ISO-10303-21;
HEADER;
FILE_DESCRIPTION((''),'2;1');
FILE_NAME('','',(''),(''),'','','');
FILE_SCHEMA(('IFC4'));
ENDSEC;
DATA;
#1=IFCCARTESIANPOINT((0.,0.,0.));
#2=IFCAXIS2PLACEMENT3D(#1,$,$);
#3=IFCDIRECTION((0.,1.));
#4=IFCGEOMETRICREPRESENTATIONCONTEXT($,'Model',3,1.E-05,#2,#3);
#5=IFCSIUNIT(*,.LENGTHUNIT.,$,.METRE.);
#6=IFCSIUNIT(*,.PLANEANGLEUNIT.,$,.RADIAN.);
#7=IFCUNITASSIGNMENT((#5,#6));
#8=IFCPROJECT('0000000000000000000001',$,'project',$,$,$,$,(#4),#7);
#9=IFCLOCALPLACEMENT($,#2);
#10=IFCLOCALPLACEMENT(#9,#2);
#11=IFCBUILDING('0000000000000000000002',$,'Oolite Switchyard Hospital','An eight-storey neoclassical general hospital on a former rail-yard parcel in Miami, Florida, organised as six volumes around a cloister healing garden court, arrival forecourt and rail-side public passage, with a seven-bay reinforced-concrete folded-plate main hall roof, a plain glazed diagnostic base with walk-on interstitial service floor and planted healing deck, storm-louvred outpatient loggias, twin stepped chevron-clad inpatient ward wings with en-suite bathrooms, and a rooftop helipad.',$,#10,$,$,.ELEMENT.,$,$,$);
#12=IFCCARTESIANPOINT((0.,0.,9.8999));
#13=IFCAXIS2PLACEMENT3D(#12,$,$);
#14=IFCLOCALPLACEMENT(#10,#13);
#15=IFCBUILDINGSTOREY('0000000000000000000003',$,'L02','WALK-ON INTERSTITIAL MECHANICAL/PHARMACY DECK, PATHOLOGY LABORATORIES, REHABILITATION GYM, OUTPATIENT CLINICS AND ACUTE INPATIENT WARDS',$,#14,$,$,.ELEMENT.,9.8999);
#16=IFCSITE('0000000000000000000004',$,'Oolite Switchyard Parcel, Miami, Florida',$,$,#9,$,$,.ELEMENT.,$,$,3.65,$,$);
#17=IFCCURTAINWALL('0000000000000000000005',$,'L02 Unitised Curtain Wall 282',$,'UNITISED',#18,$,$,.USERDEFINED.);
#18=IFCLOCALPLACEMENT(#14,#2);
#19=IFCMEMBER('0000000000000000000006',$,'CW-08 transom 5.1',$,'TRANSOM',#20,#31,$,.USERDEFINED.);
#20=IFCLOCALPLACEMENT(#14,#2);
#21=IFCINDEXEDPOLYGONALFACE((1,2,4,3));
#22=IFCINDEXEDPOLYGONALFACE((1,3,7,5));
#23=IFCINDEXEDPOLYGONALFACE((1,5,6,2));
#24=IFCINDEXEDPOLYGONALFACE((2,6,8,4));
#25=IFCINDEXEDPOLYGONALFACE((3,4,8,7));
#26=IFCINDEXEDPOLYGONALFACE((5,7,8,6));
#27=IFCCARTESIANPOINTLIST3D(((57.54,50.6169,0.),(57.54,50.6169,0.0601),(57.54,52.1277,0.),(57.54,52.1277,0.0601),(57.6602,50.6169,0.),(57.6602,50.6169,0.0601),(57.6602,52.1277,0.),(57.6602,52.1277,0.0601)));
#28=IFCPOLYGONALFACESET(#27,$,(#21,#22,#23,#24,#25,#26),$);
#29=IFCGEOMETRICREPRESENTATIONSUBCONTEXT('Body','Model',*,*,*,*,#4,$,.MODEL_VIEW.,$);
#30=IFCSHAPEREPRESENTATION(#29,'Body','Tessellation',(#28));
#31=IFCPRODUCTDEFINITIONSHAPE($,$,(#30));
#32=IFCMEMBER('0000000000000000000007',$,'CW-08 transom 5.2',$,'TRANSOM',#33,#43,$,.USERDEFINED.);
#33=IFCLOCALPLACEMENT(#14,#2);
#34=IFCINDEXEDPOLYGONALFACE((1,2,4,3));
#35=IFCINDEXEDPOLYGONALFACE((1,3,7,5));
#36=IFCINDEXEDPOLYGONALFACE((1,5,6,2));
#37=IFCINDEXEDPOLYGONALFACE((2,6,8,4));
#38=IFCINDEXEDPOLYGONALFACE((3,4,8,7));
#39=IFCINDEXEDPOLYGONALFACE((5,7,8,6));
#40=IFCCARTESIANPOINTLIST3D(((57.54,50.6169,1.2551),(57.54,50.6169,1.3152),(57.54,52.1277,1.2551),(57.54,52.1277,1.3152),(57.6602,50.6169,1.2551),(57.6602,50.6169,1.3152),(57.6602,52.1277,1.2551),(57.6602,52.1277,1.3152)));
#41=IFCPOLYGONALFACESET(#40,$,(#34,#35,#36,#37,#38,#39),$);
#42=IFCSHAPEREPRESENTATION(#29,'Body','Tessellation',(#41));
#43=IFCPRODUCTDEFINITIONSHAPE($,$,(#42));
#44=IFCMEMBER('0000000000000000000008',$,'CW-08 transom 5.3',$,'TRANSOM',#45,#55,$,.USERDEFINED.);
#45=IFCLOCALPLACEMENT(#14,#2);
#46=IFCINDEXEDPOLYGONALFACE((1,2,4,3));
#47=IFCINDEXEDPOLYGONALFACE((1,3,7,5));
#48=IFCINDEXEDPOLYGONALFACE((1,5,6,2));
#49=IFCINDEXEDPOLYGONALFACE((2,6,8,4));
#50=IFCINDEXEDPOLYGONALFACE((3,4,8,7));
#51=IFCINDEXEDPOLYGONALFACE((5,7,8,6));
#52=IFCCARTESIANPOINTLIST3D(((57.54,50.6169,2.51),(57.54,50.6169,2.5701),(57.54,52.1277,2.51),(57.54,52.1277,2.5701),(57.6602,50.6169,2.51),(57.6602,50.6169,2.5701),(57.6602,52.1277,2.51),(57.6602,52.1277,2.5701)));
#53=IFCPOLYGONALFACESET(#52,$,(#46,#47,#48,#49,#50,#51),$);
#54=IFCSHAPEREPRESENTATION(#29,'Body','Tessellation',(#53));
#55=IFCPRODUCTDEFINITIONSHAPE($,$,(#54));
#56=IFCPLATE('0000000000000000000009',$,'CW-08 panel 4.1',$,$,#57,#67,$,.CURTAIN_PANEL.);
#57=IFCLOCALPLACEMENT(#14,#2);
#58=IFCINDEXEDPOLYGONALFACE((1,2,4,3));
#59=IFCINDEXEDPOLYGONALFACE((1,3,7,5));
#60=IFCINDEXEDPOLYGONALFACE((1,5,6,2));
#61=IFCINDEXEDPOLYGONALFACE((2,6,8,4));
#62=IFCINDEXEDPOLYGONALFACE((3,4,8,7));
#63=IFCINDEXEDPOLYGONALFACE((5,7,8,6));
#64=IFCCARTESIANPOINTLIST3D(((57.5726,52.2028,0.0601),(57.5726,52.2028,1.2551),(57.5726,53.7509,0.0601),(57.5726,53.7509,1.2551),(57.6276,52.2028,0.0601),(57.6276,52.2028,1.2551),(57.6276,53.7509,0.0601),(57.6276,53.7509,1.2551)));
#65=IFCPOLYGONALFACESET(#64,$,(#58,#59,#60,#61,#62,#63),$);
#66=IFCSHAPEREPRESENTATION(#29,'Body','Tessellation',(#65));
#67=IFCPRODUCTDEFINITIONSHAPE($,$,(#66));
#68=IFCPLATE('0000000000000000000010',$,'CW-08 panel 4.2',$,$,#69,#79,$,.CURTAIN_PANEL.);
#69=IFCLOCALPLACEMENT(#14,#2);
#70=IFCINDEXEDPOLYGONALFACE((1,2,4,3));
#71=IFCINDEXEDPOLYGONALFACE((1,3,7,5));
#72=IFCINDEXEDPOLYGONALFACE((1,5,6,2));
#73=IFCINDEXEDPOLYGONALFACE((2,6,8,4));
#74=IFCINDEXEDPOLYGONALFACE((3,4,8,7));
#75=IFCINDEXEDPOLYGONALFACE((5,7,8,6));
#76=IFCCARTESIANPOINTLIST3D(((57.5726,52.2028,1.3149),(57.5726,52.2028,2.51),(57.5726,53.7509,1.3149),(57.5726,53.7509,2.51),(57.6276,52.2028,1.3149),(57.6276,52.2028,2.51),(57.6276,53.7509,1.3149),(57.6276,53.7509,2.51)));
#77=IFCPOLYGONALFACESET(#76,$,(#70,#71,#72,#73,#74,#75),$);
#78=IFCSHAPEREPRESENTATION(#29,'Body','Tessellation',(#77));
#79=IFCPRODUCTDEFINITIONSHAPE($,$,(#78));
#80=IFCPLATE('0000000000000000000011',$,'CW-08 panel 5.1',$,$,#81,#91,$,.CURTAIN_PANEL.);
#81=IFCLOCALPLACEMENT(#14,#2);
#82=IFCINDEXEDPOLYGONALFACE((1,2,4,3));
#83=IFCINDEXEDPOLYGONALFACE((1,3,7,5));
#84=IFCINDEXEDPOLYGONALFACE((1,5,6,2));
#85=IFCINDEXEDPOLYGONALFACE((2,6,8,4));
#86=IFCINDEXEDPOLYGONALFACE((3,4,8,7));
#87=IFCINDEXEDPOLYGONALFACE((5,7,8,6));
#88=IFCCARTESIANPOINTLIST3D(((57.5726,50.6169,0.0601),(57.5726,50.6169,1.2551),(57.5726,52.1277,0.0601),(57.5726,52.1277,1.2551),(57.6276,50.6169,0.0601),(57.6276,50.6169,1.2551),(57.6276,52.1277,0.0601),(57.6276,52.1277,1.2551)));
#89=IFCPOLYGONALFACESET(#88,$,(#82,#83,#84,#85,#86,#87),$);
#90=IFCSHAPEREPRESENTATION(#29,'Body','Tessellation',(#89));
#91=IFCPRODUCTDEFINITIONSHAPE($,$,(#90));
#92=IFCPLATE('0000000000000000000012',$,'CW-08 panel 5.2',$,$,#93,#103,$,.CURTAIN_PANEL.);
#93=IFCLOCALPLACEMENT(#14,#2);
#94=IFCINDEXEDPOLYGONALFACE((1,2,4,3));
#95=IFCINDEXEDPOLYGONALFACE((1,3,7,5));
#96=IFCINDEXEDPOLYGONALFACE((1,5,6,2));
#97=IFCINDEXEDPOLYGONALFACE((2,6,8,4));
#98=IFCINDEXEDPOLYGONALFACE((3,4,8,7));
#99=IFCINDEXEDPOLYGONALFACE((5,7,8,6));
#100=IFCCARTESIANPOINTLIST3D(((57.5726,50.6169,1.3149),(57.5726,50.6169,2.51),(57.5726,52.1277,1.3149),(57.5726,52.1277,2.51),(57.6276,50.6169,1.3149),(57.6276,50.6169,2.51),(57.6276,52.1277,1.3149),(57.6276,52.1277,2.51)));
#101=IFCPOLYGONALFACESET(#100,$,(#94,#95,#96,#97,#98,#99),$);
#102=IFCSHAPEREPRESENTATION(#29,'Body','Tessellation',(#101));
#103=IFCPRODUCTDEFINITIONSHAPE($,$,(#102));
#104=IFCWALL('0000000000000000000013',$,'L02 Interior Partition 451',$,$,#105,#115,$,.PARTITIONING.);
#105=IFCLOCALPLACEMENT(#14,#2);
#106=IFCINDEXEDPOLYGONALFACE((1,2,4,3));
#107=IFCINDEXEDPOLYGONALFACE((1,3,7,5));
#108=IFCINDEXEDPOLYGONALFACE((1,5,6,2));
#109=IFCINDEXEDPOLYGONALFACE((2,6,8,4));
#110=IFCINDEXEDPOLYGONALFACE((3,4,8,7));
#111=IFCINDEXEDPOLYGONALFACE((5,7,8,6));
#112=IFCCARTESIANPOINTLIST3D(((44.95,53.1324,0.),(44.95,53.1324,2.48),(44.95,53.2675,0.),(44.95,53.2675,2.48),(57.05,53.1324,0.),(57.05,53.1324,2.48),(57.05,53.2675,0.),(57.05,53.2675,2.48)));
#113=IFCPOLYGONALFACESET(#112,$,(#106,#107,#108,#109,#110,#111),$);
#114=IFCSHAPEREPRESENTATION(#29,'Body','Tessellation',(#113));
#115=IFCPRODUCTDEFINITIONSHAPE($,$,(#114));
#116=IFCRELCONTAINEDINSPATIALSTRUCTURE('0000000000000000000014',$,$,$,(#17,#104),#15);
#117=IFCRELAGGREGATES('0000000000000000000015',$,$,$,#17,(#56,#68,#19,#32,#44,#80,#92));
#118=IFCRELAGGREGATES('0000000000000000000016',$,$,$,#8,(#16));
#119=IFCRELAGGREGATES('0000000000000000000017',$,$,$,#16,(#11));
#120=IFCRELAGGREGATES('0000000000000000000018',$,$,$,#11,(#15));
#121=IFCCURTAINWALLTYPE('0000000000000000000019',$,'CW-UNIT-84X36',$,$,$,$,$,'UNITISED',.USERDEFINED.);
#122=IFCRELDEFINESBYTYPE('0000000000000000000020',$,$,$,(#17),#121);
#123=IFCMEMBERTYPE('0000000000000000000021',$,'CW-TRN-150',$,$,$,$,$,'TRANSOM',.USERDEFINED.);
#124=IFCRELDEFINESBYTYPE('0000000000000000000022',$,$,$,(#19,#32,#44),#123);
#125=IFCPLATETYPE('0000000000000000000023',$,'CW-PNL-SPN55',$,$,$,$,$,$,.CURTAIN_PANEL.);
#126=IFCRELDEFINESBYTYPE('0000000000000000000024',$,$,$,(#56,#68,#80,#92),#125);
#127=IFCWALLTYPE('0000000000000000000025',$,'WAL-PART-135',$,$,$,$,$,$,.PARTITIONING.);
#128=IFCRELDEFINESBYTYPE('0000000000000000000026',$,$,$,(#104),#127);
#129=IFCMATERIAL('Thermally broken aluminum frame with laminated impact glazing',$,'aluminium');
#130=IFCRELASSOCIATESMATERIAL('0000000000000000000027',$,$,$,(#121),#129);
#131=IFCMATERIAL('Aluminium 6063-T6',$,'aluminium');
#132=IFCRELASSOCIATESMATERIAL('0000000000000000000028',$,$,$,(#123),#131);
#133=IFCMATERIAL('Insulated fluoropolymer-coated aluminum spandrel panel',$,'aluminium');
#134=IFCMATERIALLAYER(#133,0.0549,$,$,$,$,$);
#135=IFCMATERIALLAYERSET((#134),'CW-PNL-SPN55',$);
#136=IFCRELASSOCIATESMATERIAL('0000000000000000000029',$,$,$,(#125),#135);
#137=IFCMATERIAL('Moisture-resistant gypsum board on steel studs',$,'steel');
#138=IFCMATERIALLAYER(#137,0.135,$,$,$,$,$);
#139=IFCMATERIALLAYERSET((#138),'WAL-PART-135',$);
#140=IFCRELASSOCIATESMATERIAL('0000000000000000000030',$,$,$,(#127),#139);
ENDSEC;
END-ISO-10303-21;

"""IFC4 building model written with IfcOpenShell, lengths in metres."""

from ifc_helpers import new_model, si_unit, direction, frame, frame_2d, origin, origin_2d, place, context, subcontext, project, spatial, rectangle, extrude, material, layer, layer_set, material_profile, profile_set, type_object, element, aggregate, save


model = new_model("IFC4")

# Units and contexts
model_context = context("Model", 3, precision=1e-05, world=origin(), true_north=direction((0.0, 1.0)))
body_context = subcontext(model_context, "Body", "Model", "MODEL_VIEW")
ifc_project = project(units=[si_unit("LENGTHUNIT", "METRE"), si_unit("PLANEANGLEUNIT", "RADIAN")], contexts=[model_context])

# Site, building, storey
site_placement = place(None, origin())
site = spatial("IfcSite", under=ifc_project, at=site_placement, Name="Oolite Switchyard Parcel, Miami, Florida", CompositionType="ELEMENT", RefElevation=3.65)
building_placement = place(site_placement, origin())
building = spatial("IfcBuilding", under=site, at=building_placement, Name="Oolite Switchyard Hospital", Description="An eight-storey neoclassical general hospital on a former rail-yard parcel in Miami, Florida, organised as six volumes around a cloister healing garden court, arrival forecourt and rail-side public passage, with a seven-bay reinforced-concrete folded-plate main hall roof, a plain glazed diagnostic base with walk-on interstitial service floor and planted healing deck, storm-louvred outpatient loggias, twin stepped chevron-clad inpatient ward wings with en-suite bathrooms, and a rooftop helipad.", CompositionType="ELEMENT")
storey_placement = place(building_placement, frame((0.0, 0.0, 9.8999)))
storey = spatial("IfcBuildingStorey", under=building, at=storey_placement, Name="L02", Description="WALK-ON INTERSTITIAL MECHANICAL/PHARMACY DECK, PATHOLOGY LABORATORIES, REHABILITATION GYM, OUTPATIENT CLINICS AND ACUTE INPATIENT WARDS", CompositionType="ELEMENT", Elevation=9.8999)

# Curtain wall, members, plates
ifc_material_1 = material(Name="Thermally broken aluminum frame with laminated impact glazing", Category="aluminium")
curtain_wall_type = type_object("IfcCurtainWallType", Name="CW-UNIT-84X36", ElementType="UNITISED", PredefinedType="USERDEFINED", material=ifc_material_1)
curtain_wall_placement = place(storey_placement, origin())
curtain_wall = element("IfcCurtainWall", 1, at=curtain_wall_placement, inside=storey, type_object=curtain_wall_type, Name="L02 Unitised Curtain Wall 282", ObjectType="UNITISED", PredefinedType="USERDEFINED")
ifc_material_2 = material(Name="Aluminium 6063-T6", Category="aluminium")
ifc_material_profile_1 = material_profile(ifc_material_2, rectangle(XDim=0.1201, YDim=0.0601, at=origin_2d()), Name="CWT60X120")
ifc_profile_set_1 = profile_set([ifc_material_profile_1], Name="Aluminium 6063-T6")
member_type_1 = type_object("IfcMemberType", Name="CW-TRN-150", ElementType="TRANSOM", PredefinedType="USERDEFINED", material=ifc_profile_set_1)
member_1_placement = place(storey_placement, frame((57.6001, 52.1277, 0.03), z_axis=(0.0, -1.0, 0.0), x_axis=(1.0, 0.0, 0.0)))
member_1 = element("IfcMember", 2, at=member_1_placement, type_object=member_type_1, Name="CW-08 transom 5.1", ObjectType="TRANSOM", PredefinedType="USERDEFINED", context=body_context, shape_type="SweptSolid", body=[
    extrude(rectangle(XDim=0.1201, YDim=0.0601, at=origin_2d()), origin(), (0.0, 0.0, 1.0), 1.5107),
])
member_2_placement = place(storey_placement, frame((57.6001, 52.1277, 1.2852), z_axis=(0.0, -1.0, 0.0), x_axis=(1.0, 0.0, 0.0)))
member_2 = element("IfcMember", 3, at=member_2_placement, type_object=member_type_1, Name="CW-08 transom 5.2", ObjectType="TRANSOM", PredefinedType="USERDEFINED", context=body_context, shape_type="SweptSolid", body=[
    extrude(rectangle(XDim=0.1201, YDim=0.0601, at=origin_2d()), origin(), (0.0, 0.0, 1.0), 1.5107),
])
member_3_placement = place(storey_placement, frame((57.6001, 52.1277, 2.54), z_axis=(0.0, -1.0, 0.0), x_axis=(1.0, 0.0, 0.0)))
member_3 = element("IfcMember", 4, at=member_3_placement, type_object=member_type_1, Name="CW-08 transom 5.3", ObjectType="TRANSOM", PredefinedType="USERDEFINED", context=body_context, shape_type="SweptSolid", body=[
    extrude(rectangle(XDim=0.1201, YDim=0.0601, at=origin_2d()), origin(), (0.0, 0.0, 1.0), 1.5107),
])
ifc_material_3 = material(Name="Insulated fluoropolymer-coated aluminum spandrel panel", Category="aluminium")
ifc_layer_1 = layer(ifc_material_3, 0.0549)
ifc_layer_set_1 = layer_set([ifc_layer_1], Name="CW-PNL-SPN55")
plate_type = type_object("IfcPlateType", Name="CW-PNL-SPN55", PredefinedType="CURTAIN_PANEL", material=ifc_layer_set_1)
plate_1_placement = place(storey_placement, frame((57.6001, 52.9768, 0.0601), z_axis=(0.0, 0.0, 1.0), x_axis=(0.0, -1.0, 0.0)))
plate_1 = element("IfcPlate", 5, at=plate_1_placement, type_object=plate_type, Name="CW-08 panel 4.1", PredefinedType="CURTAIN_PANEL", context=body_context, shape_type="SweptSolid", body=[
    extrude(rectangle(XDim=1.5481, YDim=0.0549, at=origin_2d()), origin(), (0.0, 0.0, 1.0), 1.1951),
])
plate_2_placement = place(storey_placement, frame((57.6001, 52.9768, 1.3149), z_axis=(0.0, 0.0, 1.0), x_axis=(0.0, -1.0, 0.0)))
plate_2 = element("IfcPlate", 6, at=plate_2_placement, type_object=plate_type, Name="CW-08 panel 4.2", PredefinedType="CURTAIN_PANEL", context=body_context, shape_type="SweptSolid", body=[
    extrude(rectangle(XDim=1.5481, YDim=0.0549, at=origin_2d()), origin(), (0.0, 0.0, 1.0), 1.1951),
])
plate_3_placement = place(storey_placement, frame((57.6001, 51.3723, 0.0601), z_axis=(0.0, 0.0, 1.0), x_axis=(0.0, -1.0, 0.0)))
plate_3 = element("IfcPlate", 7, at=plate_3_placement, type_object=plate_type, Name="CW-08 panel 5.1", PredefinedType="CURTAIN_PANEL", context=body_context, shape_type="SweptSolid", body=[
    extrude(rectangle(XDim=1.5107, YDim=0.0549, at=origin_2d()), origin(), (0.0, 0.0, 1.0), 1.1951),
])
plate_4_placement = place(storey_placement, frame((57.6001, 51.3723, 1.3149), z_axis=(0.0, 0.0, 1.0), x_axis=(0.0, -1.0, 0.0)))
plate_4 = element("IfcPlate", 8, at=plate_4_placement, type_object=plate_type, Name="CW-08 panel 5.2", PredefinedType="CURTAIN_PANEL", context=body_context, shape_type="SweptSolid", body=[
    extrude(rectangle(XDim=1.5107, YDim=0.0549, at=origin_2d()), origin(), (0.0, 0.0, 1.0), 1.1951),
])
aggregate(curtain_wall, [plate_1, plate_2, member_1, member_2, member_3, plate_3, plate_4])

# Wall
ifc_material_4 = material(Name="Moisture-resistant gypsum board on steel studs", Category="steel")
ifc_layer_2 = layer(ifc_material_4, 0.135)
ifc_layer_set_2 = layer_set([ifc_layer_2], Name="WAL-PART-135")
wall_type_1 = type_object("IfcWallType", Name="WAL-PART-135", PredefinedType="PARTITIONING", material=ifc_layer_set_2)
wall_1_placement = place(storey_placement, frame((44.95, 53.2, 0.0), z_axis=(0.0, 0.0, 1.0), x_axis=(1.0, 0.0, 0.0)))
element("IfcWall", 9, at=wall_1_placement, inside=storey, type_object=wall_type_1, Name="L02 Interior Partition 451", PredefinedType="PARTITIONING", context=body_context, shape_type="SweptSolid", body=[
    extrude(rectangle(XDim=12.1001, YDim=0.135, at=frame_2d((6.05, 0.0))), origin(), (0.0, 0.0, 1.0), 2.48),
])

save(model, "model.ifc")
